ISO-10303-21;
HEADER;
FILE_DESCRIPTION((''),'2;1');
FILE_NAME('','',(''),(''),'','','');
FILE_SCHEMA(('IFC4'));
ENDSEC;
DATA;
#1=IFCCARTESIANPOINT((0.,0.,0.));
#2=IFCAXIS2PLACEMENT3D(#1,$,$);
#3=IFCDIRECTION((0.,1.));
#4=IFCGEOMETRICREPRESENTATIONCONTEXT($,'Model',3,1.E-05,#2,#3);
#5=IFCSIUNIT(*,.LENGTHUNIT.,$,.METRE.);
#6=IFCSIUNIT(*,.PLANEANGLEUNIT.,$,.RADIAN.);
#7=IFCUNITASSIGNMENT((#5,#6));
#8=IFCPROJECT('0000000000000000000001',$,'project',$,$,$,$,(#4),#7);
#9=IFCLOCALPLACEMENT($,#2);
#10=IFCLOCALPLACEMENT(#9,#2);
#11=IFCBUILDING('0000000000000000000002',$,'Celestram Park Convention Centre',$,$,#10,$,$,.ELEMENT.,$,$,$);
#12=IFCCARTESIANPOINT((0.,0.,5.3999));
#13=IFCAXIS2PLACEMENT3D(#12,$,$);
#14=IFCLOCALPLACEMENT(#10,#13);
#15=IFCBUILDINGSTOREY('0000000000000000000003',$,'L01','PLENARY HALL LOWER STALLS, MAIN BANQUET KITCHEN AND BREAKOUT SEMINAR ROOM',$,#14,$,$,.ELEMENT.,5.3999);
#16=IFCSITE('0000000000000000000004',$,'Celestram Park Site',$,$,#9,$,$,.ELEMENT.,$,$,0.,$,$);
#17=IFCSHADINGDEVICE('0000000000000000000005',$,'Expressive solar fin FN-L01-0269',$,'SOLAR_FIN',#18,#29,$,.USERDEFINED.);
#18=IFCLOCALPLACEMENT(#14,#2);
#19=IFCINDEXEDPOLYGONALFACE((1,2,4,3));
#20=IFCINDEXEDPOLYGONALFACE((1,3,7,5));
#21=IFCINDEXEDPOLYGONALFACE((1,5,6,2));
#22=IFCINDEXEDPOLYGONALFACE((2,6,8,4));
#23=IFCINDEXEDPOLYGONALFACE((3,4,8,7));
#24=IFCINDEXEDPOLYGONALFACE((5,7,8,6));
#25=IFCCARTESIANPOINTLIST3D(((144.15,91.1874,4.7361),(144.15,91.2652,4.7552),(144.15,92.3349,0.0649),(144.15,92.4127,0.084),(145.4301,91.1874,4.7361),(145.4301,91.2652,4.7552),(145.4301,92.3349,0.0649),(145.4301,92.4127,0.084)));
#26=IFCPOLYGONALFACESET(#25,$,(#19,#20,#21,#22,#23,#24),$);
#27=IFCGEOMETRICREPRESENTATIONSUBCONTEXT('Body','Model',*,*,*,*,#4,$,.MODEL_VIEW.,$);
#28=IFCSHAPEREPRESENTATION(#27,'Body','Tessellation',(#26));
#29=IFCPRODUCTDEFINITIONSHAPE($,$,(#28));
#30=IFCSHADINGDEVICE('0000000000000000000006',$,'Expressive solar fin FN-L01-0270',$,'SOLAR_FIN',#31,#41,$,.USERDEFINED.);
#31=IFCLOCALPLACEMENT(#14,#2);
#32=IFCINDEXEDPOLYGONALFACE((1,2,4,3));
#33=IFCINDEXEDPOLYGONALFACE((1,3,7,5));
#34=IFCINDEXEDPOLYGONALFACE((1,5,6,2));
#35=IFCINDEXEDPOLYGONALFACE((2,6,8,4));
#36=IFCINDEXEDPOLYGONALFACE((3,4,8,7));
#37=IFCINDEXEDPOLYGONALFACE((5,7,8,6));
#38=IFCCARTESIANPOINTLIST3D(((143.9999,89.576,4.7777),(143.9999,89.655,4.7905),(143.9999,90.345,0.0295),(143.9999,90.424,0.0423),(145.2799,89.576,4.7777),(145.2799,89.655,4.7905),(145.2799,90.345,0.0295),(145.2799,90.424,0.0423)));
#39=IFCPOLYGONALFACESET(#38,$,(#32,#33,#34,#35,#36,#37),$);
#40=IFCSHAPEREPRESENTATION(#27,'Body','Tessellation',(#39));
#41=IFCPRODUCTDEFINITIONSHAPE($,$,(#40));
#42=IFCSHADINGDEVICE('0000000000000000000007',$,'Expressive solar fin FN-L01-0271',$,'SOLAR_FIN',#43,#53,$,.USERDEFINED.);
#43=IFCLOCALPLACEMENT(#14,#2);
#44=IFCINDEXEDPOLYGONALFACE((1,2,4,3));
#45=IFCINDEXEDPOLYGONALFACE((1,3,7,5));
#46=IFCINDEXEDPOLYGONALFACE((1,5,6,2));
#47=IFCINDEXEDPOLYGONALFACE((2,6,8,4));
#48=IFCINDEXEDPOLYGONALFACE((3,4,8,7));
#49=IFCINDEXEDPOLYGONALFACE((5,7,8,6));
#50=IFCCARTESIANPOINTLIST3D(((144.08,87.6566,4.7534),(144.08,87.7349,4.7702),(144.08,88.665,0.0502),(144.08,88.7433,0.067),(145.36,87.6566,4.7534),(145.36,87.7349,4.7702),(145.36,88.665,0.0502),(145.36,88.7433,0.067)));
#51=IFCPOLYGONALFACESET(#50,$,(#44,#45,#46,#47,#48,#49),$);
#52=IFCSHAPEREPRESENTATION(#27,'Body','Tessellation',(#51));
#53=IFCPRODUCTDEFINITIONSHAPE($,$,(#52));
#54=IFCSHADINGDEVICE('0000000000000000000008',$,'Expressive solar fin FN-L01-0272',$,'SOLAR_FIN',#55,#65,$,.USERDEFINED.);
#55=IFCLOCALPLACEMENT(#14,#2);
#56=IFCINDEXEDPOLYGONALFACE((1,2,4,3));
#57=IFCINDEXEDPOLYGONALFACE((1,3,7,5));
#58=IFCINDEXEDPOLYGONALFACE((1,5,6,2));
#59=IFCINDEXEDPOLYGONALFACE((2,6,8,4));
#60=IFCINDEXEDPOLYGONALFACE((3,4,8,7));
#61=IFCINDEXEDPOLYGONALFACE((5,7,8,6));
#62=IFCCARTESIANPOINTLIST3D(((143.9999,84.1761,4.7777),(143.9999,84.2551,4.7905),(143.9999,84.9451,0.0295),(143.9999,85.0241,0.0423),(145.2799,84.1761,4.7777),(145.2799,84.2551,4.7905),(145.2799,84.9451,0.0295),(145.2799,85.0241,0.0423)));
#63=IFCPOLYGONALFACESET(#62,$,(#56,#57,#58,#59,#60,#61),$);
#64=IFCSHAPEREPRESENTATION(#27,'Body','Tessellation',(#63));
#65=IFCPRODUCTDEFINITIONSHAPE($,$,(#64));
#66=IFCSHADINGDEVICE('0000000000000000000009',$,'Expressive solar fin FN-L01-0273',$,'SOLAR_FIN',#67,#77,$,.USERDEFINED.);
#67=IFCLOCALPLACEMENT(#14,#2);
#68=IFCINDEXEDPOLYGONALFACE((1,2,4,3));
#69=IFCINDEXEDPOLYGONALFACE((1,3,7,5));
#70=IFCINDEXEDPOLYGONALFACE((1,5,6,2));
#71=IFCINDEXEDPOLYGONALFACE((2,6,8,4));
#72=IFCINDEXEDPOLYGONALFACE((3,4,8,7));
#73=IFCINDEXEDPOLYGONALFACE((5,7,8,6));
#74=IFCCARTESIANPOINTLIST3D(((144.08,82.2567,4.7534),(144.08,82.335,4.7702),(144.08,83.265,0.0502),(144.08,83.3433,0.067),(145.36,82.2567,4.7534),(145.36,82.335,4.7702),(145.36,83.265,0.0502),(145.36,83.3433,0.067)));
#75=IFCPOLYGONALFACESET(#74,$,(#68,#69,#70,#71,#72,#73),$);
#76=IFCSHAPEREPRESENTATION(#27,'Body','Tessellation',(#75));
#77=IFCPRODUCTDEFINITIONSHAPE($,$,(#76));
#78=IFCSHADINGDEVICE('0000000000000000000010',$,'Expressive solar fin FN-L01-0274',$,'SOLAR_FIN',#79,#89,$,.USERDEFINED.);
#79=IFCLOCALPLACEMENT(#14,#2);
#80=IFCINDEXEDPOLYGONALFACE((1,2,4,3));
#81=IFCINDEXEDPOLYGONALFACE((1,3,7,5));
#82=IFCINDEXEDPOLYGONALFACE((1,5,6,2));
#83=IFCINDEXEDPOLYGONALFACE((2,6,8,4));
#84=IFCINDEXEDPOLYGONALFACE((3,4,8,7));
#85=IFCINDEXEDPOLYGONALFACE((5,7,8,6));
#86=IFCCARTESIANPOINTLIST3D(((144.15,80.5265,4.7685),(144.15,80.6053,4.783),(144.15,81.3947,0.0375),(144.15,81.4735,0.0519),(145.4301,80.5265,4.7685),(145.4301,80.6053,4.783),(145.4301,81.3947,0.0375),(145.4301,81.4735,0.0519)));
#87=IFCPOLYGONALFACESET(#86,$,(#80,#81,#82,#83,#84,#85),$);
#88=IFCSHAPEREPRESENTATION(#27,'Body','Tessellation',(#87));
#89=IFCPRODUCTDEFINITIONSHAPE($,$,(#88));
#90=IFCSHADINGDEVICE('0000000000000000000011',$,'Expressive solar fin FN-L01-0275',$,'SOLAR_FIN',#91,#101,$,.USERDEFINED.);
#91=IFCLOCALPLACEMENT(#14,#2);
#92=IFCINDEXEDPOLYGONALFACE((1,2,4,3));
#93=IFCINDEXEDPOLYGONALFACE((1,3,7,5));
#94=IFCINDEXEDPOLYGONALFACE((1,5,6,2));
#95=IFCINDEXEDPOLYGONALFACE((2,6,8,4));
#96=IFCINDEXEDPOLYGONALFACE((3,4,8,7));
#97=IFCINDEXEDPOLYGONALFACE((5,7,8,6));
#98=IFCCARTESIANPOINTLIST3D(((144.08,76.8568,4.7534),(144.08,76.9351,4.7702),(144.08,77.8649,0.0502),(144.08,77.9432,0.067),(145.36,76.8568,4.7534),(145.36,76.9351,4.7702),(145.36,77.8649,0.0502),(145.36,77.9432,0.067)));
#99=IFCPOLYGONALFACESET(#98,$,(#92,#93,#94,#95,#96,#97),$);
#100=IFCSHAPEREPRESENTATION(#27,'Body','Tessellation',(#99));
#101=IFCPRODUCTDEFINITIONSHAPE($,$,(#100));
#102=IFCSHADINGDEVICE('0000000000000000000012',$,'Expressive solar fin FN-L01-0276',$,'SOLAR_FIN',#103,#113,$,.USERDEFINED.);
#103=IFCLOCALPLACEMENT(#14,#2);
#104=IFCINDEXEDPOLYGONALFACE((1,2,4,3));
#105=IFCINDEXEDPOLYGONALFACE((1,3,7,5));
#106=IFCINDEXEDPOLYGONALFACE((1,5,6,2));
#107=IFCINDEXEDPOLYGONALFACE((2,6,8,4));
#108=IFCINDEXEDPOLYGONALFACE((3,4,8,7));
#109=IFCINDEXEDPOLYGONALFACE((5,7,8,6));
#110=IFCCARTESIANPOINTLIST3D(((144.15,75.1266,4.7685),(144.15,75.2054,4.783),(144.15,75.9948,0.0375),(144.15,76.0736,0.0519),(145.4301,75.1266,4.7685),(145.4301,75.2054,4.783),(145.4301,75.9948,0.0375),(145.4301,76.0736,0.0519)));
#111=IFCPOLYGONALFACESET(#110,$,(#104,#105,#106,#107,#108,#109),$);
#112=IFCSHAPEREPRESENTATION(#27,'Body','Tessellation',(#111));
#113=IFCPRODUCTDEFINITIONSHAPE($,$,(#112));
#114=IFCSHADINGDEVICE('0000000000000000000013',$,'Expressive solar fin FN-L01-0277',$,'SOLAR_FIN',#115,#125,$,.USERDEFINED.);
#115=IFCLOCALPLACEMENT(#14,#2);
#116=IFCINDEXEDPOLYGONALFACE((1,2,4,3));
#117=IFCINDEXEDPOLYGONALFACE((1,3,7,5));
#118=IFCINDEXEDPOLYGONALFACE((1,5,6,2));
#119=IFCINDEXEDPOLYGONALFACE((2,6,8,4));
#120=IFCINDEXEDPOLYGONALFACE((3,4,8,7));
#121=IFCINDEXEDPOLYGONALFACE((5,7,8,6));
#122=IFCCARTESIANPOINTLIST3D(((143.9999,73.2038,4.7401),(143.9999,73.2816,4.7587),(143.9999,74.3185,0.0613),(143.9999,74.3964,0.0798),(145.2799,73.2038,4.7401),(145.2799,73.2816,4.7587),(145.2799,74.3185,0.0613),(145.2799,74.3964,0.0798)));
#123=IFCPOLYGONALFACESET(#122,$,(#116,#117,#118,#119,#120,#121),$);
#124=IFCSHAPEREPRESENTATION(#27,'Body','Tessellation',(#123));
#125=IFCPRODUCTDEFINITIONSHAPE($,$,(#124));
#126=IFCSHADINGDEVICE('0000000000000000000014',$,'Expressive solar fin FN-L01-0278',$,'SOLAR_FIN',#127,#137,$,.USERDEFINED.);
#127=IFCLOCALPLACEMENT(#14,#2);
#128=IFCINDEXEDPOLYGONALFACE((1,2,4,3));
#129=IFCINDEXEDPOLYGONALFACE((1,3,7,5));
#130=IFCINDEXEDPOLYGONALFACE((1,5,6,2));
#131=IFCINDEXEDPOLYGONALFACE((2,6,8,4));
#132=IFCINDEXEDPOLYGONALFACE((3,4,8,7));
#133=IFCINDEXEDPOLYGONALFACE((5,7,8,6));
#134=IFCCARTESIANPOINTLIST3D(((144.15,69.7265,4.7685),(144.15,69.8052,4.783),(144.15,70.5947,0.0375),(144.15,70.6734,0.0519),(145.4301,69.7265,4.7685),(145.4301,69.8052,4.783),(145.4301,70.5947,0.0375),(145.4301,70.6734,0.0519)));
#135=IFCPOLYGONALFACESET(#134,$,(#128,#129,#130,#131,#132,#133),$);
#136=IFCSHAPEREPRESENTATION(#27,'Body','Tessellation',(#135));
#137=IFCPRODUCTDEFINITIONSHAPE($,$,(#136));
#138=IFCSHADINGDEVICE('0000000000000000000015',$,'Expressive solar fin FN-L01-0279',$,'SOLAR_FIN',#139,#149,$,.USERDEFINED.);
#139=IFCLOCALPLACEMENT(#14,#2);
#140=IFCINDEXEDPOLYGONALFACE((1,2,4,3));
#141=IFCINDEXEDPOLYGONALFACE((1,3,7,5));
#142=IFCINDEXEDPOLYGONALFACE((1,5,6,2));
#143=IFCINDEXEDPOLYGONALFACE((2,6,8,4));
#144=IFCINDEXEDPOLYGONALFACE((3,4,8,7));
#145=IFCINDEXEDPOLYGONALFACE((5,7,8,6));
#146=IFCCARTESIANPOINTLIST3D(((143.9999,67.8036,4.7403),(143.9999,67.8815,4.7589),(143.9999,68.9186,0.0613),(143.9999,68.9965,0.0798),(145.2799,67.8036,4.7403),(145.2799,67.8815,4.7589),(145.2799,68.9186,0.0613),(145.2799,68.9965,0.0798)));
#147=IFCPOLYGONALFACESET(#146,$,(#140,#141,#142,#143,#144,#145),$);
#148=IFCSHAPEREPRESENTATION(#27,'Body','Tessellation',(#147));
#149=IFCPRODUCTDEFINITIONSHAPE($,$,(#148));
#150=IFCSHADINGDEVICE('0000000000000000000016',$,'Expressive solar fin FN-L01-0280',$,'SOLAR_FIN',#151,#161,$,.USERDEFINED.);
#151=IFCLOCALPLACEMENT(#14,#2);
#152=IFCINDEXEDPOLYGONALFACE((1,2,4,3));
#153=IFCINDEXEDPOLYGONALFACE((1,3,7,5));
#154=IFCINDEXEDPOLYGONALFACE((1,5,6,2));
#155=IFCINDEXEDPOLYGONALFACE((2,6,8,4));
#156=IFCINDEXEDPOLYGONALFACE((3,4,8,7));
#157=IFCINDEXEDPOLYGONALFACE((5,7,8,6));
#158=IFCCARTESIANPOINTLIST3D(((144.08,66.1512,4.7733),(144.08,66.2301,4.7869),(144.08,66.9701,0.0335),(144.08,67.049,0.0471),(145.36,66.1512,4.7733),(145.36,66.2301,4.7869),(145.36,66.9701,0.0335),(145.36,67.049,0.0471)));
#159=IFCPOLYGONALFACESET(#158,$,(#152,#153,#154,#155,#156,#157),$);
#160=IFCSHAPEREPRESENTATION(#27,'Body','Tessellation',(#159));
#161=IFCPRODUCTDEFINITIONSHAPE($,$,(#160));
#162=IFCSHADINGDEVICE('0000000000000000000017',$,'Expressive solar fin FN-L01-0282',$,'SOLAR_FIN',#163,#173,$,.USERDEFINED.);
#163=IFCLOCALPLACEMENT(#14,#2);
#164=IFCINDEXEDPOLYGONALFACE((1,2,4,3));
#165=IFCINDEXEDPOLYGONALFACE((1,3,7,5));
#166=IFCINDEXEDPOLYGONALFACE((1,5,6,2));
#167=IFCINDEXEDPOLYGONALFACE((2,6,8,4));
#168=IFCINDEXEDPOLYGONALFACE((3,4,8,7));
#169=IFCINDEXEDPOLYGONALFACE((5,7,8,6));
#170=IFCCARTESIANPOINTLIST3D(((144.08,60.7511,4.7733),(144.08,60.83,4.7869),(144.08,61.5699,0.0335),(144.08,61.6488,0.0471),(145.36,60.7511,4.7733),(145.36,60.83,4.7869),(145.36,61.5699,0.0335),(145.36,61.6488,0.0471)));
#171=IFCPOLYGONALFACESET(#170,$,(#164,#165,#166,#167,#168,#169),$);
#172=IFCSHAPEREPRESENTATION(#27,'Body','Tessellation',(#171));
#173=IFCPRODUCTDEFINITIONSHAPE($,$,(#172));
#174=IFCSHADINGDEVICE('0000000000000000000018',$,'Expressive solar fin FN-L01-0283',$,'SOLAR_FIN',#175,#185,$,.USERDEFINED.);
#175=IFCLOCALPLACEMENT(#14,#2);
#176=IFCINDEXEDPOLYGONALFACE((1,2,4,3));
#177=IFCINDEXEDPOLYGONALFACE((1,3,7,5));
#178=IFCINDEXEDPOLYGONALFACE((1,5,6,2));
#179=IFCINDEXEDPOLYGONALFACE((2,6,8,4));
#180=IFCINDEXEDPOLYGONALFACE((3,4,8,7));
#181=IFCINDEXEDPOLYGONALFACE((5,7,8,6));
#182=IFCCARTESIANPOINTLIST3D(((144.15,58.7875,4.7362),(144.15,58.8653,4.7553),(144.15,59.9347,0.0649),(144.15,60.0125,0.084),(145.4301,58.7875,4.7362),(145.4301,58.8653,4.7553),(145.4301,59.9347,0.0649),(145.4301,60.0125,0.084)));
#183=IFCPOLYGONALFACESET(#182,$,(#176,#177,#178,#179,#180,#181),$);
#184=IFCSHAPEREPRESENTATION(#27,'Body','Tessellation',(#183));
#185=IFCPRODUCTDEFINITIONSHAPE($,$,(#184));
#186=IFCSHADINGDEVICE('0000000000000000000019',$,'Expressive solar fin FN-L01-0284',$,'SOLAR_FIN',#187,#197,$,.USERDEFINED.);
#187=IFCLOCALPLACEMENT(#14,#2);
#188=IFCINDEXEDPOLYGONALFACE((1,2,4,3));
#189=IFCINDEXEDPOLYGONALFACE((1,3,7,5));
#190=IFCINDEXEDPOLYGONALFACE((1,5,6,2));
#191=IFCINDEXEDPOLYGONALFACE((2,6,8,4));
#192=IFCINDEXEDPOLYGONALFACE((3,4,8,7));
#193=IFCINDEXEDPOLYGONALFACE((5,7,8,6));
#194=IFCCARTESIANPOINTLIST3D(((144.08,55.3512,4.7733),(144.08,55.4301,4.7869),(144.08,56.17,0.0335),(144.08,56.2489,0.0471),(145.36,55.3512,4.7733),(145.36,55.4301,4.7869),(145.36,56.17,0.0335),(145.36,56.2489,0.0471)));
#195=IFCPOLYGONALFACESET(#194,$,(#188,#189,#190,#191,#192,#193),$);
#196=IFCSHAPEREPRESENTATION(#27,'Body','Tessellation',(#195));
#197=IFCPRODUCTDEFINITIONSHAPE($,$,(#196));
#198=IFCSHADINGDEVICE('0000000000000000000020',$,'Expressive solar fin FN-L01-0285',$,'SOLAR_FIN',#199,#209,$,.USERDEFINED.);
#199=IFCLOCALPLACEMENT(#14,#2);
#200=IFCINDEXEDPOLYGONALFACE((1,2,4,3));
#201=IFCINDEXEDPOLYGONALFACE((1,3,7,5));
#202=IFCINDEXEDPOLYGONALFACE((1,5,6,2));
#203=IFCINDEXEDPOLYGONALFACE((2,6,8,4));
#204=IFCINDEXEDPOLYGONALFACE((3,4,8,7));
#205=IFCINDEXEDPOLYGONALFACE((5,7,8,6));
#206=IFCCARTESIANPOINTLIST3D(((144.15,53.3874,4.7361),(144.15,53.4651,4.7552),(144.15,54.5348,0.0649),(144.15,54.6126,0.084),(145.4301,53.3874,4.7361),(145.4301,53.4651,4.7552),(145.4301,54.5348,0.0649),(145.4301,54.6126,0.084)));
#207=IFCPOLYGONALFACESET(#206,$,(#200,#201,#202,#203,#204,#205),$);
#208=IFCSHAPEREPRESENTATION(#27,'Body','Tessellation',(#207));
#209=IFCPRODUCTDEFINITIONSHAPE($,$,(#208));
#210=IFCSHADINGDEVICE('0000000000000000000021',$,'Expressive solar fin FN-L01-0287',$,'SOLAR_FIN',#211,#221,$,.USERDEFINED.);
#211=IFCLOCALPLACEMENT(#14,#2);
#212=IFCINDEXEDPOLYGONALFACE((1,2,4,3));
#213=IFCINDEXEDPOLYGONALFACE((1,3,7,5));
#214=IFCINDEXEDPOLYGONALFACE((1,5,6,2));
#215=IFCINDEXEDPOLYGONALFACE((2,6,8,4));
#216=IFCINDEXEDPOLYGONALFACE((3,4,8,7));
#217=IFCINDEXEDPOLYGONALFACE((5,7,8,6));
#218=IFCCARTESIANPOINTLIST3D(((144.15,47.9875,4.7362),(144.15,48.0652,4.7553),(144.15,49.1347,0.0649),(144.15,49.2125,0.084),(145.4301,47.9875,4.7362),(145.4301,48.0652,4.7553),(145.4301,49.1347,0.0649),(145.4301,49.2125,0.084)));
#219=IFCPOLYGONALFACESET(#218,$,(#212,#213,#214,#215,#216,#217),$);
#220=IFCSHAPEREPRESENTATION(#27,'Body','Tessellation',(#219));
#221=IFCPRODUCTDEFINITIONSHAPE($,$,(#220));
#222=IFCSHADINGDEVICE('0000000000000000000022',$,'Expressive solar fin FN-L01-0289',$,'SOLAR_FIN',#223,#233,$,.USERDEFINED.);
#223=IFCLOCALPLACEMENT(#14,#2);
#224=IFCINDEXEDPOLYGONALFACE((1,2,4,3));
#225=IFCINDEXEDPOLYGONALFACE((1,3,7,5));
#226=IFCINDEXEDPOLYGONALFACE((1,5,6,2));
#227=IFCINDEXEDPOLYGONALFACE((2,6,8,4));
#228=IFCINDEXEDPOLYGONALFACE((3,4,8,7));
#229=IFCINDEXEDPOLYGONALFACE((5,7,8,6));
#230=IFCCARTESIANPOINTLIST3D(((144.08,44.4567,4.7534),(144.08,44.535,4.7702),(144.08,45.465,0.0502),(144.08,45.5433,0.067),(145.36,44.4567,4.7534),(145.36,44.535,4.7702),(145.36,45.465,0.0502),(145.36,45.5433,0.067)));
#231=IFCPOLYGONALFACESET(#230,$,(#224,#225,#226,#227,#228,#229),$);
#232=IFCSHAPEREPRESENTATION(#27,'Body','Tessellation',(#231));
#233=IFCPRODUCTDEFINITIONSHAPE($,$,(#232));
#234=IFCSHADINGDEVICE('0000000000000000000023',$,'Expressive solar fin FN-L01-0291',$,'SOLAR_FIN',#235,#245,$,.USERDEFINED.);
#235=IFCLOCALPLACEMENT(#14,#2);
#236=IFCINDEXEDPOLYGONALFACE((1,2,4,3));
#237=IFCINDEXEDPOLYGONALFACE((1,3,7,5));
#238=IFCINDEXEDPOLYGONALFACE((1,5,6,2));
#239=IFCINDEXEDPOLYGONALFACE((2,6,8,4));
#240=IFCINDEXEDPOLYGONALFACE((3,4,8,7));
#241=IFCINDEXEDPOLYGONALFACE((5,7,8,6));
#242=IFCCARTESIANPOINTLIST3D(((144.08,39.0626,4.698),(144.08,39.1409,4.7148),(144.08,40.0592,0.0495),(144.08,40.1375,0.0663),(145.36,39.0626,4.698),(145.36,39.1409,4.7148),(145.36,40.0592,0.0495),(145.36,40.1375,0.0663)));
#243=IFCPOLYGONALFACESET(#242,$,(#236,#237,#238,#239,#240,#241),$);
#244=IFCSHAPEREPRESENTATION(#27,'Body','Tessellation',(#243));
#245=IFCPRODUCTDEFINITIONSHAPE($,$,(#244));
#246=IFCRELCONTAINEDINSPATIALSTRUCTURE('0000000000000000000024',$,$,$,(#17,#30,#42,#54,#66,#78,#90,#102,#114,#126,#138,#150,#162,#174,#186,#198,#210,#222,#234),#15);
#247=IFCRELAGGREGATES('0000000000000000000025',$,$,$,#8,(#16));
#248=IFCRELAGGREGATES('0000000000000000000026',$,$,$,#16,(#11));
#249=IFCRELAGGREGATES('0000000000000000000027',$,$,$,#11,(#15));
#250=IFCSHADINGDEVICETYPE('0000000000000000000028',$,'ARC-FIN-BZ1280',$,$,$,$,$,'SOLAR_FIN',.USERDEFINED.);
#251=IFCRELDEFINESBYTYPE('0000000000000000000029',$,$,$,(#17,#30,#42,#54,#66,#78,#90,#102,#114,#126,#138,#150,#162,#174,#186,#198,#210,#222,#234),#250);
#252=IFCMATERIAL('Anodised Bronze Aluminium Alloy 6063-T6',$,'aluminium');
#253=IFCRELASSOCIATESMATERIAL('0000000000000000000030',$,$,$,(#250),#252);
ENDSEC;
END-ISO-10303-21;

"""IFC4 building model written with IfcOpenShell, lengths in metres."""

from ifc_helpers import new_model, si_unit, direction, frame, origin, origin_2d, place, context, subcontext, project, spatial, rectangle, extrude, material, material_profile, profile_set, type_object, element, save


model = new_model("IFC4")

# Units and contexts
model_context = context("Model", 3, precision=1e-05, world=origin(), true_north=direction((0.0, 1.0)))
body_context = subcontext(model_context, "Body", "Model", "MODEL_VIEW")
ifc_project = project(units=[si_unit("LENGTHUNIT", "METRE"), si_unit("PLANEANGLEUNIT", "RADIAN")], contexts=[model_context])

# Site, building, storey
site_placement = place(None, origin())
site = spatial("IfcSite", under=ifc_project, at=site_placement, Name="Celestram Park Site", CompositionType="ELEMENT", RefElevation=0.0)
building_placement = place(site_placement, origin())
building = spatial("IfcBuilding", under=site, at=building_placement, Name="Celestram Park Convention Centre", CompositionType="ELEMENT")
storey_placement = place(building_placement, frame((0.0, 0.0, 5.3999)))
storey = spatial("IfcBuildingStorey", under=building, at=storey_placement, Name="L01", Description="PLENARY HALL LOWER STALLS, MAIN BANQUET KITCHEN AND BREAKOUT SEMINAR ROOM", CompositionType="ELEMENT", Elevation=5.3999)

# Shading devices
ifc_material_1 = material(Name="Anodised Bronze Aluminium Alloy 6063-T6", Category="aluminium")
ifc_material_profile_1 = material_profile(ifc_material_1, rectangle(XDim=1.28, YDim=0.0801, at=origin_2d()), Name="FIN1280X80")
ifc_profile_set_1 = profile_set([ifc_material_profile_1], Name="Anodised Bronze Aluminium Alloy 6063-T6")
shading_device_type = type_object("IfcShadingDeviceType", Name="ARC-FIN-BZ1280", ElementType="SOLAR_FIN", PredefinedType="USERDEFINED", material=ifc_profile_set_1)
for number, where, z_axis, x_axis, name in (
    (1, (144.79, 92.3738, 0.0745), (0.0, -0.238557, 0.971129), (1.0, 0.0, 0.0), "Expressive solar fin FN-L01-0269"),
    (2, (144.6399, 90.3845, 0.0359), (0.0, -0.159879, 0.987137), (1.0, 0.0, 0.0), "Expressive solar fin FN-L01-0270"),
    (3, (144.72, 88.7041, 0.0586), (0.0, -0.209626, 0.977782), (1.0, 0.0, 0.0), "Expressive solar fin FN-L01-0271"),
    (4, (144.6399, 84.9846, 0.0359), (0.0, -0.159879, 0.987137), (1.0, 0.0, 0.0), "Expressive solar fin FN-L01-0272"),
    (5, (144.72, 83.3042, 0.0586), (0.0, -0.209626, 0.977782), (1.0, 0.0, 0.0), "Expressive solar fin FN-L01-0273"),
    (6, (144.79, 81.4341, 0.0447), (0.0, -0.180493, 0.983576), (1.0, 0.0, 0.0), "Expressive solar fin FN-L01-0274"),
    (7, (144.72, 77.9041, 0.0586), (0.0, -0.209578, 0.977792), (1.0, 0.0, 0.0), "Expressive solar fin FN-L01-0275"),
    (8, (144.79, 76.0342, 0.0447), (0.0, -0.180493, 0.983576), (1.0, 0.0, 0.0), "Expressive solar fin FN-L01-0276"),
):
    element("IfcShadingDevice", number, at=place(storey_placement, frame(where, z_axis=z_axis, x_axis=x_axis)), inside=storey, type_object=shading_device_type, Name=name, ObjectType="SOLAR_FIN", PredefinedType="USERDEFINED", context=body_context, shape_type="SweptSolid", body=[
        extrude(rectangle(XDim=1.28, YDim=0.0801, at=origin_2d()), origin(), (0.0, 0.0, 1.0), 4.8101),
    ])
shading_device_1_placement = place(storey_placement, frame((144.6399, 74.3574, 0.0706), z_axis=(0.0, -0.23176, 0.972773), x_axis=(1.0, 0.0, 0.0)))
element("IfcShadingDevice", 9, at=shading_device_1_placement, inside=storey, type_object=shading_device_type, Name="Expressive solar fin FN-L01-0277", ObjectType="SOLAR_FIN", PredefinedType="USERDEFINED", context=body_context, shape_type="SweptSolid", body=[
    extrude(rectangle(XDim=1.28, YDim=0.0801, at=origin_2d()), origin(), (0.0, 0.0, 1.0), 4.8098),
])
for number, where, z_axis, x_axis, name in (
    (10, (144.79, 70.634, 0.0447), (0.0, -0.180493, 0.983576), (1.0, 0.0, 0.0), "Expressive solar fin FN-L01-0278"),
    (11, (144.6399, 68.9575, 0.0706), (0.0, -0.231808, 0.972762), (1.0, 0.0, 0.0), "Expressive solar fin FN-L01-0279"),
    (12, (144.72, 67.0095, 0.0403), (0.0, -0.17024, 0.985403), (1.0, 0.0, 0.0), "Expressive solar fin FN-L01-0280"),
    (13, (144.72, 61.6094, 0.0403), (0.0, -0.17024, 0.985403), (1.0, 0.0, 0.0), "Expressive solar fin FN-L01-0282"),
    (14, (144.79, 59.9736, 0.0745), (0.0, -0.238509, 0.97114), (1.0, 0.0, 0.0), "Expressive solar fin FN-L01-0283"),
    (15, (144.72, 56.2095, 0.0403), (0.0, -0.17024, 0.985403), (1.0, 0.0, 0.0), "Expressive solar fin FN-L01-0284"),
    (16, (144.79, 54.5737, 0.0745), (0.0, -0.238557, 0.971129), (1.0, 0.0, 0.0), "Expressive solar fin FN-L01-0285"),
    (17, (144.79, 49.1736, 0.0745), (0.0, -0.238509, 0.97114), (1.0, 0.0, 0.0), "Expressive solar fin FN-L01-0287"),
    (18, (144.72, 45.5042, 0.0586), (0.0, -0.209626, 0.977782), (1.0, 0.0, 0.0), "Expressive solar fin FN-L01-0289"),
):
    element("IfcShadingDevice", number, at=place(storey_placement, frame(where, z_axis=z_axis, x_axis=x_axis)), inside=storey, type_object=shading_device_type, Name=name, ObjectType="SOLAR_FIN", PredefinedType="USERDEFINED", context=body_context, shape_type="SweptSolid", body=[
        extrude(rectangle(XDim=1.28, YDim=0.0801, at=origin_2d()), origin(), (0.0, 0.0, 1.0), 4.8101),
    ])
shading_device_2_placement = place(storey_placement, frame((144.72, 40.0984, 0.0579), z_axis=(0.0, -0.209627, 0.977781), x_axis=(1.0, 0.0, 0.0)))
element("IfcShadingDevice", 19, at=shading_device_2_placement, inside=storey, type_object=shading_device_type, Name="Expressive solar fin FN-L01-0291", ObjectType="SOLAR_FIN", PredefinedType="USERDEFINED", context=body_context, shape_type="SweptSolid", body=[
    extrude(rectangle(XDim=1.28, YDim=0.0801, at=origin_2d()), origin(), (0.0, 0.0, 1.0), 4.7542),
])

save(model, "model.ifc")
